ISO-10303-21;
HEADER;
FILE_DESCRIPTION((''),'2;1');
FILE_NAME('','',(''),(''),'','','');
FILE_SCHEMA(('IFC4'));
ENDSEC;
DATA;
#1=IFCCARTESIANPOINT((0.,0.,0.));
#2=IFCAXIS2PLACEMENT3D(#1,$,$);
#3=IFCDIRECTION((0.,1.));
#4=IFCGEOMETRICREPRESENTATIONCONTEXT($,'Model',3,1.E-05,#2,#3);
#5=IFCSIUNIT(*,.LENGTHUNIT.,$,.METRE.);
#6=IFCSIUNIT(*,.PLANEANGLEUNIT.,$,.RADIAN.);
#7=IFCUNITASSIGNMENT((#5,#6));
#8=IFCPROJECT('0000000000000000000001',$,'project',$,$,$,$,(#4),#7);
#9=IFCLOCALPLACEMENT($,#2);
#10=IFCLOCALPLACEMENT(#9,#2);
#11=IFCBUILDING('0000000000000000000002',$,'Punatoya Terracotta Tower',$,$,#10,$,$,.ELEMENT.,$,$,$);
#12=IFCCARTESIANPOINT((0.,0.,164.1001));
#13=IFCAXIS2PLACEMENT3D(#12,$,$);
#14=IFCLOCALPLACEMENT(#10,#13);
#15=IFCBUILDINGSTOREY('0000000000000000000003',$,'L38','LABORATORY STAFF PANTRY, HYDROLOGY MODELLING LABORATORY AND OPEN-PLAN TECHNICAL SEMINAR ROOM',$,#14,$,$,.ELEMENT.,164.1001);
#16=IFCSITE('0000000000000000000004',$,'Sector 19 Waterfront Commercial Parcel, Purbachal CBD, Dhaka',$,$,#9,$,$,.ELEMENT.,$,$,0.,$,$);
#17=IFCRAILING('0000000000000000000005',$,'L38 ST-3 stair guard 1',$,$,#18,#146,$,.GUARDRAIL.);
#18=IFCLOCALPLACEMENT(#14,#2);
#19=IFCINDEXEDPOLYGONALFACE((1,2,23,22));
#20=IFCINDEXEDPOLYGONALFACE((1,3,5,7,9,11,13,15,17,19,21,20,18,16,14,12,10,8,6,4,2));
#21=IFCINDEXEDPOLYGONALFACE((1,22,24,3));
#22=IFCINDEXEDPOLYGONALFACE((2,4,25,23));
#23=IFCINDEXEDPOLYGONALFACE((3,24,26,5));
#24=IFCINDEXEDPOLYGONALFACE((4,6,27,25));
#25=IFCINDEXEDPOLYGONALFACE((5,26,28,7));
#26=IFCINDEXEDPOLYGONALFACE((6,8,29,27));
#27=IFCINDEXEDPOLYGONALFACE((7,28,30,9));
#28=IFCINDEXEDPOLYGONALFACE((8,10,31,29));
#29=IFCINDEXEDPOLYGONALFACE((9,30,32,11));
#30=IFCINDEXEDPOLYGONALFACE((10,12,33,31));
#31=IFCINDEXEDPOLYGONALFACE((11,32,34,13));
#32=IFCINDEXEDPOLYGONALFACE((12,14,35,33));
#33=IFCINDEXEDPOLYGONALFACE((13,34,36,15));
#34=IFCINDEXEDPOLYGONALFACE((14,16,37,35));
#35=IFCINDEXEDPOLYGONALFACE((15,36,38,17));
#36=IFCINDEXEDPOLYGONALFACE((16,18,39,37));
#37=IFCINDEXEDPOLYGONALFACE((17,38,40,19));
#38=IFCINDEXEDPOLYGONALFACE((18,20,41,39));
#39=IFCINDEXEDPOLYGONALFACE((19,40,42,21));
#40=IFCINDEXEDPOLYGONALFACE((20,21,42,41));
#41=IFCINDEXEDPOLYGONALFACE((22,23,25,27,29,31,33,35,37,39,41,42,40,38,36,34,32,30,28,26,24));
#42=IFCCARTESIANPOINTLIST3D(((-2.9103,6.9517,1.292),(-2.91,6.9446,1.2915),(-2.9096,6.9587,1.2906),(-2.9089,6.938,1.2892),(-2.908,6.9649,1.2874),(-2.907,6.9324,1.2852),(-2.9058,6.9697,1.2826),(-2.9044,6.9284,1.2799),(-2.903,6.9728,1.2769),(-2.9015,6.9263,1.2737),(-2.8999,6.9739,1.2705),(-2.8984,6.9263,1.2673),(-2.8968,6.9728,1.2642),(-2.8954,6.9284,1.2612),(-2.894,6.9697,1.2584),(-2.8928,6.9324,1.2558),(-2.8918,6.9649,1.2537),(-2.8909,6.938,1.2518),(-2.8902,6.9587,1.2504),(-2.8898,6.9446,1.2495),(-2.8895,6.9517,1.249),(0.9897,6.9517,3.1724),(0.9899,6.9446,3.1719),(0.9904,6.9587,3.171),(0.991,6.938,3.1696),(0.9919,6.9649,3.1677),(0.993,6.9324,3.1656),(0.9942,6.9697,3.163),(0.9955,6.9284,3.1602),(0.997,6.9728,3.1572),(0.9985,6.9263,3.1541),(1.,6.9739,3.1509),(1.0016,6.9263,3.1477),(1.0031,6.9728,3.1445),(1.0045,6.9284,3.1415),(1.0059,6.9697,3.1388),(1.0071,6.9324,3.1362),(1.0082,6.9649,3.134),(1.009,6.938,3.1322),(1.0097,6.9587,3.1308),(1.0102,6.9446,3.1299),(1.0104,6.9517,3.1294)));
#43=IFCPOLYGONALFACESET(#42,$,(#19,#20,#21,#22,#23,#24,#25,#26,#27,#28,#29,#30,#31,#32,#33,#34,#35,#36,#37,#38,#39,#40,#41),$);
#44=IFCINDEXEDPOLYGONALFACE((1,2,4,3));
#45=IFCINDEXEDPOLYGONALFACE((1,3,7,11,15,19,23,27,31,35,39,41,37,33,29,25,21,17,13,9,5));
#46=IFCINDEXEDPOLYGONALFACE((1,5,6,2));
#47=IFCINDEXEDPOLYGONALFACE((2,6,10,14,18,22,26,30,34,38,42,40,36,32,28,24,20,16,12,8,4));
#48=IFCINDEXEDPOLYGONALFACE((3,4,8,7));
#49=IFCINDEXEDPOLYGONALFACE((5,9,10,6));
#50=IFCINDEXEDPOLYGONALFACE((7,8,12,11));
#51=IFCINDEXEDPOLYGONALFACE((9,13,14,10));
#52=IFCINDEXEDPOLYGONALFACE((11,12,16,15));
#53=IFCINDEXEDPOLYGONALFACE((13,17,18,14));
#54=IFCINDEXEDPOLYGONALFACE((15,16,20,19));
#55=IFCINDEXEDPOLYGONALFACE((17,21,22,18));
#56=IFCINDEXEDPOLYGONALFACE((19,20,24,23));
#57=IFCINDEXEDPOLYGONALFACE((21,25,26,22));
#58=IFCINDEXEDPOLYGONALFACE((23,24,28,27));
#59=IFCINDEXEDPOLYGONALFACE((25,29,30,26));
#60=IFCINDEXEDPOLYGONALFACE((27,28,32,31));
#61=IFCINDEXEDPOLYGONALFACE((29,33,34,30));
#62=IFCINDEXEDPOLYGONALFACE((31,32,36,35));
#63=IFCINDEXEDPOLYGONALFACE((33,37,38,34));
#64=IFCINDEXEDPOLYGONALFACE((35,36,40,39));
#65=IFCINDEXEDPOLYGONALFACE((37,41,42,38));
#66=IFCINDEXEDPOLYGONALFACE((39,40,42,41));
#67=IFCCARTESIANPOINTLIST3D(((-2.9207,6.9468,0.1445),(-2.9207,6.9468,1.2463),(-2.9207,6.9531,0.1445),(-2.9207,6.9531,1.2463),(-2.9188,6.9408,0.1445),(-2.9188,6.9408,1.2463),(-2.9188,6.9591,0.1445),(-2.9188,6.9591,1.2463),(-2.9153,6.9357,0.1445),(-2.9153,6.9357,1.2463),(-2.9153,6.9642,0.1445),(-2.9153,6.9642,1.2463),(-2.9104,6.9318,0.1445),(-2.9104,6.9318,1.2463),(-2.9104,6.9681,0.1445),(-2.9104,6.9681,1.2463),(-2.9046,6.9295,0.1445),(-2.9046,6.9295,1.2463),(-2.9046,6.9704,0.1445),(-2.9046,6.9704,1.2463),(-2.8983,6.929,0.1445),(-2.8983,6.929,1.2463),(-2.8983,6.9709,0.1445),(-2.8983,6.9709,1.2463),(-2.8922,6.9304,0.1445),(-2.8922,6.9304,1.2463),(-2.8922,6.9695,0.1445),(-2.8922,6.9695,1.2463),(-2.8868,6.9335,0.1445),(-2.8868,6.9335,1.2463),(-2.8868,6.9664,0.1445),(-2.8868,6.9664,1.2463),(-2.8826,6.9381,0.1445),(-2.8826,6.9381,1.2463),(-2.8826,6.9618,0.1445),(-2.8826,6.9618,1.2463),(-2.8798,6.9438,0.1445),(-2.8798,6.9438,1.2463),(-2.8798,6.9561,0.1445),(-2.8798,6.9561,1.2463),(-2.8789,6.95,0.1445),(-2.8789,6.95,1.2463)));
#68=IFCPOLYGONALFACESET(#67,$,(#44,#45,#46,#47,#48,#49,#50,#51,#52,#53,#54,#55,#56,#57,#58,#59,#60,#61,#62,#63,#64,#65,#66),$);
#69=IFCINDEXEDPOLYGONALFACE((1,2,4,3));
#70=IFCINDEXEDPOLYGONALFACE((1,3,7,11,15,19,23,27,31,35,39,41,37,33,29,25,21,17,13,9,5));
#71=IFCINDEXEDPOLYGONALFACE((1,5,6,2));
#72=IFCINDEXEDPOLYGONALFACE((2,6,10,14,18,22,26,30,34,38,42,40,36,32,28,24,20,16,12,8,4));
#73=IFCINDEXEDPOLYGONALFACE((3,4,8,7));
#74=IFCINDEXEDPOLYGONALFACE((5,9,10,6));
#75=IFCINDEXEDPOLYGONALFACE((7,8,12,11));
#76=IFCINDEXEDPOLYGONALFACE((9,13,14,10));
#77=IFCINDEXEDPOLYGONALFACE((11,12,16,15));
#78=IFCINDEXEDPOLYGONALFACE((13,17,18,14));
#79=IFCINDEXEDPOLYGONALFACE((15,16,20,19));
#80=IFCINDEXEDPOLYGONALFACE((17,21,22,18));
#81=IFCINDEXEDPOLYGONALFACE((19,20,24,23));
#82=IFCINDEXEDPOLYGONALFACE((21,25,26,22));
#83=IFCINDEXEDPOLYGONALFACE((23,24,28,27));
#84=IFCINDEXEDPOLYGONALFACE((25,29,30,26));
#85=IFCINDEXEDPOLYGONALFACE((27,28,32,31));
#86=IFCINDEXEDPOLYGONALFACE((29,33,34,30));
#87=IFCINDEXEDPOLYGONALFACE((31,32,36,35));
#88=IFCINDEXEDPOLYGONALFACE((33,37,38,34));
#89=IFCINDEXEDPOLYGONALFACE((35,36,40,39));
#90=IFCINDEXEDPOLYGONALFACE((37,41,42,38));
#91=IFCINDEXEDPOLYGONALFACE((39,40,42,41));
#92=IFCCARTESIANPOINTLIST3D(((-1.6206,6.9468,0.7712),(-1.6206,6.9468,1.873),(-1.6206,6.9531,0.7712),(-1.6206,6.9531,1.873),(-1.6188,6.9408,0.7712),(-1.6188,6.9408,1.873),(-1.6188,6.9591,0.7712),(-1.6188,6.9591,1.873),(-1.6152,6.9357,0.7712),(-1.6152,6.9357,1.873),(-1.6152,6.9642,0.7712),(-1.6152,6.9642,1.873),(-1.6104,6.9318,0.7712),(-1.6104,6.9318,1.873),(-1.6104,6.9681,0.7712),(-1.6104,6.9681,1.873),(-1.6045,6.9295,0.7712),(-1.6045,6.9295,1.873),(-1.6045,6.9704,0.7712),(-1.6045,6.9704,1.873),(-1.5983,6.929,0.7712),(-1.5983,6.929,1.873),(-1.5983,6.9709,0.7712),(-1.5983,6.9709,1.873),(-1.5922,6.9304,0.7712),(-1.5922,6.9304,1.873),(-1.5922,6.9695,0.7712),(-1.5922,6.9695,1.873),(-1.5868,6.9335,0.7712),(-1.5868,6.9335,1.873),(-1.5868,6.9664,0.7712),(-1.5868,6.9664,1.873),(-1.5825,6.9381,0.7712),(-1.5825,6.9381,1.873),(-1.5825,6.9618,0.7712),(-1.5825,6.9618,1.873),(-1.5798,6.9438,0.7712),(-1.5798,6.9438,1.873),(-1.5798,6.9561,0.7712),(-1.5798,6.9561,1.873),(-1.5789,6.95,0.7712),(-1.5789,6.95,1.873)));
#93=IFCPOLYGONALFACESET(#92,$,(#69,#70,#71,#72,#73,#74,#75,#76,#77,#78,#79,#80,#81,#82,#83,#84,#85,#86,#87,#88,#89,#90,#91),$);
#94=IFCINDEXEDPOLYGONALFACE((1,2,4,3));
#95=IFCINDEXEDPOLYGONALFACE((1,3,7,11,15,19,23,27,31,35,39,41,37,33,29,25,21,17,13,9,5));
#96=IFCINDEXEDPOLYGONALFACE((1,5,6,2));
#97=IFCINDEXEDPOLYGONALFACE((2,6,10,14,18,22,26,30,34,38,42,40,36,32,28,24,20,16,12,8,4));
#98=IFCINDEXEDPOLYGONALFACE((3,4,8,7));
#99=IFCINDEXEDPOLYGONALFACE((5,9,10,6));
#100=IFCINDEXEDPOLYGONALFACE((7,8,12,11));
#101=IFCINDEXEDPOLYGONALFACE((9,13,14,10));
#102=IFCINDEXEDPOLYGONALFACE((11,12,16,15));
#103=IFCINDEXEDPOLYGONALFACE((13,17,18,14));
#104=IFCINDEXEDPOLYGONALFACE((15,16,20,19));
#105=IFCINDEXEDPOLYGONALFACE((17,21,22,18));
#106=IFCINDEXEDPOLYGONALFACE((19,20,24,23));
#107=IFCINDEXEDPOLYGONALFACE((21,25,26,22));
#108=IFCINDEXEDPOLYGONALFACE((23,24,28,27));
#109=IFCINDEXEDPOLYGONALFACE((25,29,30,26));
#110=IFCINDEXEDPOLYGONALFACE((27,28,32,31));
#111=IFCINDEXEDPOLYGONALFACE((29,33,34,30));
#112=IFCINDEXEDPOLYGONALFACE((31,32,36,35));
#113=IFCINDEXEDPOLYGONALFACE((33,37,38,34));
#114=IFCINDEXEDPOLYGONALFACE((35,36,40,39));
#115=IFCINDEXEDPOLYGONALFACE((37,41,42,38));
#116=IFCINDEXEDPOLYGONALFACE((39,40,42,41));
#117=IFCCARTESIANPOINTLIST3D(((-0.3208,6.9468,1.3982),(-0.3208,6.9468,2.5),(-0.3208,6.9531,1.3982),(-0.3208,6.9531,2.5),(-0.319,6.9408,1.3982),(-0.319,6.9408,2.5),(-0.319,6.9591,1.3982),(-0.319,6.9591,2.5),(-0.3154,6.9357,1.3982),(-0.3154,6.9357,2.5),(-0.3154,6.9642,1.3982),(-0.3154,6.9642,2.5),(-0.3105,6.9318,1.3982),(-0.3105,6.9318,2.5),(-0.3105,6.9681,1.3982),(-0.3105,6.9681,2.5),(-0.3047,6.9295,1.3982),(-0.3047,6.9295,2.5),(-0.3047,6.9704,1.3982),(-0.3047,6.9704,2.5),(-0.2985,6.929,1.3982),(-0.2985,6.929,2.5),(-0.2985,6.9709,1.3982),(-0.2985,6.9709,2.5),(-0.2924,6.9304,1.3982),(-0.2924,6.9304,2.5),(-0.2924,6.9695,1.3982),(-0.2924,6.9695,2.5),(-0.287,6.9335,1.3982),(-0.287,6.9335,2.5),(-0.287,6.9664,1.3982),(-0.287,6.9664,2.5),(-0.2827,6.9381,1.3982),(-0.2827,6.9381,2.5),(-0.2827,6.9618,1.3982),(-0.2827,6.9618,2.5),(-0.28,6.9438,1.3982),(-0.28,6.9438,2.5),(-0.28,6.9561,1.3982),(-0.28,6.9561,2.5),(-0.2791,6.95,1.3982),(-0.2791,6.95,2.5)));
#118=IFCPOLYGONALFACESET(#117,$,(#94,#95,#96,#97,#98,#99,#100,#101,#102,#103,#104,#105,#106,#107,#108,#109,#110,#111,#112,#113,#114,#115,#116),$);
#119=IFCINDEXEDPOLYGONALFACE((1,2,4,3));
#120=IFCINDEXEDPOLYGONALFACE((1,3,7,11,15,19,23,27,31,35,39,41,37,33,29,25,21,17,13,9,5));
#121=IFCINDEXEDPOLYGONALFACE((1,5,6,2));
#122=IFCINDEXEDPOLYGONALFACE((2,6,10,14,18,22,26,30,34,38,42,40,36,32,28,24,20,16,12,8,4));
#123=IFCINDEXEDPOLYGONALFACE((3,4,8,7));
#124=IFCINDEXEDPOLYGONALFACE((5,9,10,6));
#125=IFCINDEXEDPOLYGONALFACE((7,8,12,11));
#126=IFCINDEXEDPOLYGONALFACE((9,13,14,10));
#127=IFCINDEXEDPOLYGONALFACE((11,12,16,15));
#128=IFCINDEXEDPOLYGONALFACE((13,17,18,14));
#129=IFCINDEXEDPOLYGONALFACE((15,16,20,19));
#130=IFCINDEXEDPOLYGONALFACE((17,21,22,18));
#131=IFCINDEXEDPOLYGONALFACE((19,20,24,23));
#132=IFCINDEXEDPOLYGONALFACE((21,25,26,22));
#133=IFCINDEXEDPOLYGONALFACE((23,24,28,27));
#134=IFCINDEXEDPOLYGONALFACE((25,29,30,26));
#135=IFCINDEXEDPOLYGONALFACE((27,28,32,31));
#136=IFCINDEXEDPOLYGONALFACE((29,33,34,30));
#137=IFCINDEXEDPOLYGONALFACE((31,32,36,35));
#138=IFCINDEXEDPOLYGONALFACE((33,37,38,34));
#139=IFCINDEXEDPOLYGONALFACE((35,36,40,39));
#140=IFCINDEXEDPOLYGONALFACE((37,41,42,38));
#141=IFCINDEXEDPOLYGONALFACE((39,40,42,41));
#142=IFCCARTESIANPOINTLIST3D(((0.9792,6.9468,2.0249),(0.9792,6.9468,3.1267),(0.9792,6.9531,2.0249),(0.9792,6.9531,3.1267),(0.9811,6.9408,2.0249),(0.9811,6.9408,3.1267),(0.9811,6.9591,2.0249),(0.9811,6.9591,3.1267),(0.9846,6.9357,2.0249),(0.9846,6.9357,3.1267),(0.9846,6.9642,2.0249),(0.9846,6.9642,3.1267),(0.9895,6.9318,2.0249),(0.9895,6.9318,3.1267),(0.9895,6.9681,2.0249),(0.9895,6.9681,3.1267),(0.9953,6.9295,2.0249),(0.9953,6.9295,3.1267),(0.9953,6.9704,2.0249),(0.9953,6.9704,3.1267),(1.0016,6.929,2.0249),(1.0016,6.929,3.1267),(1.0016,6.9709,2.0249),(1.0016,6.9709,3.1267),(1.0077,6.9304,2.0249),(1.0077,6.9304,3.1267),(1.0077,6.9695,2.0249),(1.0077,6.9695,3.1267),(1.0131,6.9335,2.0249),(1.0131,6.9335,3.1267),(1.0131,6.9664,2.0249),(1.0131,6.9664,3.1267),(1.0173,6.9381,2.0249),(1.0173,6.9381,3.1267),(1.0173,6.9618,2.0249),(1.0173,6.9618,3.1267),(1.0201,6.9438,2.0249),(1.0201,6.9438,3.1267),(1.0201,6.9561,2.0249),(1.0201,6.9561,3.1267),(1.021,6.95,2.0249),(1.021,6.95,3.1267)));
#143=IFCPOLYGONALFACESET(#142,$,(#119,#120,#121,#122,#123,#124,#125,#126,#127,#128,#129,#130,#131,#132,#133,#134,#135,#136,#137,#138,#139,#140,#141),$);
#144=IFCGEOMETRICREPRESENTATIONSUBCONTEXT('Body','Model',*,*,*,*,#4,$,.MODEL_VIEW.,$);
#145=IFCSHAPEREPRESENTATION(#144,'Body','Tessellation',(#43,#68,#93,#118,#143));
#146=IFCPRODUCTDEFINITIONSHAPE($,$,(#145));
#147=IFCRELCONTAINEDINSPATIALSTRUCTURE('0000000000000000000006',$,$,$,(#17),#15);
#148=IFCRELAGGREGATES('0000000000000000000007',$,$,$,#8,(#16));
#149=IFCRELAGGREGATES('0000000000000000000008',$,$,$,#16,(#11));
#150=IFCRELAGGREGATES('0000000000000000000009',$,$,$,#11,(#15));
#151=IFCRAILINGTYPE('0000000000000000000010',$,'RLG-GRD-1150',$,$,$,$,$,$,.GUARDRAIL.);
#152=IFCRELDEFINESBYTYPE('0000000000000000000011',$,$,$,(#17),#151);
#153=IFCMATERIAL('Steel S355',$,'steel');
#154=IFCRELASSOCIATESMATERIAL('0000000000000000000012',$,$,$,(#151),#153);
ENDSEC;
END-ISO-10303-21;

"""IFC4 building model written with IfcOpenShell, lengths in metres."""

from ifc_helpers import new_model, si_unit, direction, frame, origin, origin_2d, place, context, subcontext, project, spatial, circle, extrude, material, type_object, element, save


model = new_model("IFC4")

# Units and contexts
model_context = context("Model", 3, precision=1e-05, world=origin(), true_north=direction((0.0, 1.0)))
body_context = subcontext(model_context, "Body", "Model", "MODEL_VIEW")
ifc_project = project(units=[si_unit("LENGTHUNIT", "METRE"), si_unit("PLANEANGLEUNIT", "RADIAN")], contexts=[model_context])

# Site, building, storey
site_placement = place(None, origin())
site = spatial("IfcSite", under=ifc_project, at=site_placement, Name="Sector 19 Waterfront Commercial Parcel, Purbachal CBD, Dhaka", CompositionType="ELEMENT", RefElevation=0.0)
building_placement = place(site_placement, origin())
building = spatial("IfcBuilding", under=site, at=building_placement, Name="Punatoya Terracotta Tower", CompositionType="ELEMENT")
storey_placement = place(building_placement, frame((0.0, 0.0, 164.1001)))
storey = spatial("IfcBuildingStorey", under=building, at=storey_placement, Name="L38", Description="LABORATORY STAFF PANTRY, HYDROLOGY MODELLING LABORATORY AND OPEN-PLAN TECHNICAL SEMINAR ROOM", CompositionType="ELEMENT", Elevation=164.1001)

# Shared definitions
ifc_material_1 = material(Name="Steel S355", Category="steel")

# Railing
railing_type_1 = type_object("IfcRailingType", Name="RLG-GRD-1150", PredefinedType="GUARDRAIL", material=ifc_material_1)
railing_1_placement = place(storey_placement, frame((-2.8999, 6.95, 0.1445)))
element("IfcRailing", 1, at=railing_1_placement, inside=storey, type_object=railing_type_1, Name="L38 ST-3 stair guard 1", PredefinedType="GUARDRAIL", context=body_context, shape_type="SweptSolid", body=[
    extrude(circle(Radius=0.0239, at=origin_2d()), frame((0.0, 0.0, 1.126), z_axis=(0.900763, 0.0, 0.434311), x_axis=(0.0, 1.0, 0.0)), (0.0, 0.0, 1.0), 4.3296),
    extrude(circle(Radius=0.021, at=origin_2d()), origin(), (0.0, 0.0, 1.0), 1.1018),
    extrude(circle(Radius=0.021, at=origin_2d()), frame((1.3, 0.0, 0.6267)), (0.0, 0.0, 1.0), 1.1018),
    extrude(circle(Radius=0.021, at=origin_2d()), frame((2.5999, 0.0, 1.2537)), (0.0, 0.0, 1.0), 1.1018),
    extrude(circle(Radius=0.021, at=origin_2d()), frame((3.8999, 0.0, 1.8804)), (0.0, 0.0, 1.0), 1.1018),
])

save(model, "model.ifc")
